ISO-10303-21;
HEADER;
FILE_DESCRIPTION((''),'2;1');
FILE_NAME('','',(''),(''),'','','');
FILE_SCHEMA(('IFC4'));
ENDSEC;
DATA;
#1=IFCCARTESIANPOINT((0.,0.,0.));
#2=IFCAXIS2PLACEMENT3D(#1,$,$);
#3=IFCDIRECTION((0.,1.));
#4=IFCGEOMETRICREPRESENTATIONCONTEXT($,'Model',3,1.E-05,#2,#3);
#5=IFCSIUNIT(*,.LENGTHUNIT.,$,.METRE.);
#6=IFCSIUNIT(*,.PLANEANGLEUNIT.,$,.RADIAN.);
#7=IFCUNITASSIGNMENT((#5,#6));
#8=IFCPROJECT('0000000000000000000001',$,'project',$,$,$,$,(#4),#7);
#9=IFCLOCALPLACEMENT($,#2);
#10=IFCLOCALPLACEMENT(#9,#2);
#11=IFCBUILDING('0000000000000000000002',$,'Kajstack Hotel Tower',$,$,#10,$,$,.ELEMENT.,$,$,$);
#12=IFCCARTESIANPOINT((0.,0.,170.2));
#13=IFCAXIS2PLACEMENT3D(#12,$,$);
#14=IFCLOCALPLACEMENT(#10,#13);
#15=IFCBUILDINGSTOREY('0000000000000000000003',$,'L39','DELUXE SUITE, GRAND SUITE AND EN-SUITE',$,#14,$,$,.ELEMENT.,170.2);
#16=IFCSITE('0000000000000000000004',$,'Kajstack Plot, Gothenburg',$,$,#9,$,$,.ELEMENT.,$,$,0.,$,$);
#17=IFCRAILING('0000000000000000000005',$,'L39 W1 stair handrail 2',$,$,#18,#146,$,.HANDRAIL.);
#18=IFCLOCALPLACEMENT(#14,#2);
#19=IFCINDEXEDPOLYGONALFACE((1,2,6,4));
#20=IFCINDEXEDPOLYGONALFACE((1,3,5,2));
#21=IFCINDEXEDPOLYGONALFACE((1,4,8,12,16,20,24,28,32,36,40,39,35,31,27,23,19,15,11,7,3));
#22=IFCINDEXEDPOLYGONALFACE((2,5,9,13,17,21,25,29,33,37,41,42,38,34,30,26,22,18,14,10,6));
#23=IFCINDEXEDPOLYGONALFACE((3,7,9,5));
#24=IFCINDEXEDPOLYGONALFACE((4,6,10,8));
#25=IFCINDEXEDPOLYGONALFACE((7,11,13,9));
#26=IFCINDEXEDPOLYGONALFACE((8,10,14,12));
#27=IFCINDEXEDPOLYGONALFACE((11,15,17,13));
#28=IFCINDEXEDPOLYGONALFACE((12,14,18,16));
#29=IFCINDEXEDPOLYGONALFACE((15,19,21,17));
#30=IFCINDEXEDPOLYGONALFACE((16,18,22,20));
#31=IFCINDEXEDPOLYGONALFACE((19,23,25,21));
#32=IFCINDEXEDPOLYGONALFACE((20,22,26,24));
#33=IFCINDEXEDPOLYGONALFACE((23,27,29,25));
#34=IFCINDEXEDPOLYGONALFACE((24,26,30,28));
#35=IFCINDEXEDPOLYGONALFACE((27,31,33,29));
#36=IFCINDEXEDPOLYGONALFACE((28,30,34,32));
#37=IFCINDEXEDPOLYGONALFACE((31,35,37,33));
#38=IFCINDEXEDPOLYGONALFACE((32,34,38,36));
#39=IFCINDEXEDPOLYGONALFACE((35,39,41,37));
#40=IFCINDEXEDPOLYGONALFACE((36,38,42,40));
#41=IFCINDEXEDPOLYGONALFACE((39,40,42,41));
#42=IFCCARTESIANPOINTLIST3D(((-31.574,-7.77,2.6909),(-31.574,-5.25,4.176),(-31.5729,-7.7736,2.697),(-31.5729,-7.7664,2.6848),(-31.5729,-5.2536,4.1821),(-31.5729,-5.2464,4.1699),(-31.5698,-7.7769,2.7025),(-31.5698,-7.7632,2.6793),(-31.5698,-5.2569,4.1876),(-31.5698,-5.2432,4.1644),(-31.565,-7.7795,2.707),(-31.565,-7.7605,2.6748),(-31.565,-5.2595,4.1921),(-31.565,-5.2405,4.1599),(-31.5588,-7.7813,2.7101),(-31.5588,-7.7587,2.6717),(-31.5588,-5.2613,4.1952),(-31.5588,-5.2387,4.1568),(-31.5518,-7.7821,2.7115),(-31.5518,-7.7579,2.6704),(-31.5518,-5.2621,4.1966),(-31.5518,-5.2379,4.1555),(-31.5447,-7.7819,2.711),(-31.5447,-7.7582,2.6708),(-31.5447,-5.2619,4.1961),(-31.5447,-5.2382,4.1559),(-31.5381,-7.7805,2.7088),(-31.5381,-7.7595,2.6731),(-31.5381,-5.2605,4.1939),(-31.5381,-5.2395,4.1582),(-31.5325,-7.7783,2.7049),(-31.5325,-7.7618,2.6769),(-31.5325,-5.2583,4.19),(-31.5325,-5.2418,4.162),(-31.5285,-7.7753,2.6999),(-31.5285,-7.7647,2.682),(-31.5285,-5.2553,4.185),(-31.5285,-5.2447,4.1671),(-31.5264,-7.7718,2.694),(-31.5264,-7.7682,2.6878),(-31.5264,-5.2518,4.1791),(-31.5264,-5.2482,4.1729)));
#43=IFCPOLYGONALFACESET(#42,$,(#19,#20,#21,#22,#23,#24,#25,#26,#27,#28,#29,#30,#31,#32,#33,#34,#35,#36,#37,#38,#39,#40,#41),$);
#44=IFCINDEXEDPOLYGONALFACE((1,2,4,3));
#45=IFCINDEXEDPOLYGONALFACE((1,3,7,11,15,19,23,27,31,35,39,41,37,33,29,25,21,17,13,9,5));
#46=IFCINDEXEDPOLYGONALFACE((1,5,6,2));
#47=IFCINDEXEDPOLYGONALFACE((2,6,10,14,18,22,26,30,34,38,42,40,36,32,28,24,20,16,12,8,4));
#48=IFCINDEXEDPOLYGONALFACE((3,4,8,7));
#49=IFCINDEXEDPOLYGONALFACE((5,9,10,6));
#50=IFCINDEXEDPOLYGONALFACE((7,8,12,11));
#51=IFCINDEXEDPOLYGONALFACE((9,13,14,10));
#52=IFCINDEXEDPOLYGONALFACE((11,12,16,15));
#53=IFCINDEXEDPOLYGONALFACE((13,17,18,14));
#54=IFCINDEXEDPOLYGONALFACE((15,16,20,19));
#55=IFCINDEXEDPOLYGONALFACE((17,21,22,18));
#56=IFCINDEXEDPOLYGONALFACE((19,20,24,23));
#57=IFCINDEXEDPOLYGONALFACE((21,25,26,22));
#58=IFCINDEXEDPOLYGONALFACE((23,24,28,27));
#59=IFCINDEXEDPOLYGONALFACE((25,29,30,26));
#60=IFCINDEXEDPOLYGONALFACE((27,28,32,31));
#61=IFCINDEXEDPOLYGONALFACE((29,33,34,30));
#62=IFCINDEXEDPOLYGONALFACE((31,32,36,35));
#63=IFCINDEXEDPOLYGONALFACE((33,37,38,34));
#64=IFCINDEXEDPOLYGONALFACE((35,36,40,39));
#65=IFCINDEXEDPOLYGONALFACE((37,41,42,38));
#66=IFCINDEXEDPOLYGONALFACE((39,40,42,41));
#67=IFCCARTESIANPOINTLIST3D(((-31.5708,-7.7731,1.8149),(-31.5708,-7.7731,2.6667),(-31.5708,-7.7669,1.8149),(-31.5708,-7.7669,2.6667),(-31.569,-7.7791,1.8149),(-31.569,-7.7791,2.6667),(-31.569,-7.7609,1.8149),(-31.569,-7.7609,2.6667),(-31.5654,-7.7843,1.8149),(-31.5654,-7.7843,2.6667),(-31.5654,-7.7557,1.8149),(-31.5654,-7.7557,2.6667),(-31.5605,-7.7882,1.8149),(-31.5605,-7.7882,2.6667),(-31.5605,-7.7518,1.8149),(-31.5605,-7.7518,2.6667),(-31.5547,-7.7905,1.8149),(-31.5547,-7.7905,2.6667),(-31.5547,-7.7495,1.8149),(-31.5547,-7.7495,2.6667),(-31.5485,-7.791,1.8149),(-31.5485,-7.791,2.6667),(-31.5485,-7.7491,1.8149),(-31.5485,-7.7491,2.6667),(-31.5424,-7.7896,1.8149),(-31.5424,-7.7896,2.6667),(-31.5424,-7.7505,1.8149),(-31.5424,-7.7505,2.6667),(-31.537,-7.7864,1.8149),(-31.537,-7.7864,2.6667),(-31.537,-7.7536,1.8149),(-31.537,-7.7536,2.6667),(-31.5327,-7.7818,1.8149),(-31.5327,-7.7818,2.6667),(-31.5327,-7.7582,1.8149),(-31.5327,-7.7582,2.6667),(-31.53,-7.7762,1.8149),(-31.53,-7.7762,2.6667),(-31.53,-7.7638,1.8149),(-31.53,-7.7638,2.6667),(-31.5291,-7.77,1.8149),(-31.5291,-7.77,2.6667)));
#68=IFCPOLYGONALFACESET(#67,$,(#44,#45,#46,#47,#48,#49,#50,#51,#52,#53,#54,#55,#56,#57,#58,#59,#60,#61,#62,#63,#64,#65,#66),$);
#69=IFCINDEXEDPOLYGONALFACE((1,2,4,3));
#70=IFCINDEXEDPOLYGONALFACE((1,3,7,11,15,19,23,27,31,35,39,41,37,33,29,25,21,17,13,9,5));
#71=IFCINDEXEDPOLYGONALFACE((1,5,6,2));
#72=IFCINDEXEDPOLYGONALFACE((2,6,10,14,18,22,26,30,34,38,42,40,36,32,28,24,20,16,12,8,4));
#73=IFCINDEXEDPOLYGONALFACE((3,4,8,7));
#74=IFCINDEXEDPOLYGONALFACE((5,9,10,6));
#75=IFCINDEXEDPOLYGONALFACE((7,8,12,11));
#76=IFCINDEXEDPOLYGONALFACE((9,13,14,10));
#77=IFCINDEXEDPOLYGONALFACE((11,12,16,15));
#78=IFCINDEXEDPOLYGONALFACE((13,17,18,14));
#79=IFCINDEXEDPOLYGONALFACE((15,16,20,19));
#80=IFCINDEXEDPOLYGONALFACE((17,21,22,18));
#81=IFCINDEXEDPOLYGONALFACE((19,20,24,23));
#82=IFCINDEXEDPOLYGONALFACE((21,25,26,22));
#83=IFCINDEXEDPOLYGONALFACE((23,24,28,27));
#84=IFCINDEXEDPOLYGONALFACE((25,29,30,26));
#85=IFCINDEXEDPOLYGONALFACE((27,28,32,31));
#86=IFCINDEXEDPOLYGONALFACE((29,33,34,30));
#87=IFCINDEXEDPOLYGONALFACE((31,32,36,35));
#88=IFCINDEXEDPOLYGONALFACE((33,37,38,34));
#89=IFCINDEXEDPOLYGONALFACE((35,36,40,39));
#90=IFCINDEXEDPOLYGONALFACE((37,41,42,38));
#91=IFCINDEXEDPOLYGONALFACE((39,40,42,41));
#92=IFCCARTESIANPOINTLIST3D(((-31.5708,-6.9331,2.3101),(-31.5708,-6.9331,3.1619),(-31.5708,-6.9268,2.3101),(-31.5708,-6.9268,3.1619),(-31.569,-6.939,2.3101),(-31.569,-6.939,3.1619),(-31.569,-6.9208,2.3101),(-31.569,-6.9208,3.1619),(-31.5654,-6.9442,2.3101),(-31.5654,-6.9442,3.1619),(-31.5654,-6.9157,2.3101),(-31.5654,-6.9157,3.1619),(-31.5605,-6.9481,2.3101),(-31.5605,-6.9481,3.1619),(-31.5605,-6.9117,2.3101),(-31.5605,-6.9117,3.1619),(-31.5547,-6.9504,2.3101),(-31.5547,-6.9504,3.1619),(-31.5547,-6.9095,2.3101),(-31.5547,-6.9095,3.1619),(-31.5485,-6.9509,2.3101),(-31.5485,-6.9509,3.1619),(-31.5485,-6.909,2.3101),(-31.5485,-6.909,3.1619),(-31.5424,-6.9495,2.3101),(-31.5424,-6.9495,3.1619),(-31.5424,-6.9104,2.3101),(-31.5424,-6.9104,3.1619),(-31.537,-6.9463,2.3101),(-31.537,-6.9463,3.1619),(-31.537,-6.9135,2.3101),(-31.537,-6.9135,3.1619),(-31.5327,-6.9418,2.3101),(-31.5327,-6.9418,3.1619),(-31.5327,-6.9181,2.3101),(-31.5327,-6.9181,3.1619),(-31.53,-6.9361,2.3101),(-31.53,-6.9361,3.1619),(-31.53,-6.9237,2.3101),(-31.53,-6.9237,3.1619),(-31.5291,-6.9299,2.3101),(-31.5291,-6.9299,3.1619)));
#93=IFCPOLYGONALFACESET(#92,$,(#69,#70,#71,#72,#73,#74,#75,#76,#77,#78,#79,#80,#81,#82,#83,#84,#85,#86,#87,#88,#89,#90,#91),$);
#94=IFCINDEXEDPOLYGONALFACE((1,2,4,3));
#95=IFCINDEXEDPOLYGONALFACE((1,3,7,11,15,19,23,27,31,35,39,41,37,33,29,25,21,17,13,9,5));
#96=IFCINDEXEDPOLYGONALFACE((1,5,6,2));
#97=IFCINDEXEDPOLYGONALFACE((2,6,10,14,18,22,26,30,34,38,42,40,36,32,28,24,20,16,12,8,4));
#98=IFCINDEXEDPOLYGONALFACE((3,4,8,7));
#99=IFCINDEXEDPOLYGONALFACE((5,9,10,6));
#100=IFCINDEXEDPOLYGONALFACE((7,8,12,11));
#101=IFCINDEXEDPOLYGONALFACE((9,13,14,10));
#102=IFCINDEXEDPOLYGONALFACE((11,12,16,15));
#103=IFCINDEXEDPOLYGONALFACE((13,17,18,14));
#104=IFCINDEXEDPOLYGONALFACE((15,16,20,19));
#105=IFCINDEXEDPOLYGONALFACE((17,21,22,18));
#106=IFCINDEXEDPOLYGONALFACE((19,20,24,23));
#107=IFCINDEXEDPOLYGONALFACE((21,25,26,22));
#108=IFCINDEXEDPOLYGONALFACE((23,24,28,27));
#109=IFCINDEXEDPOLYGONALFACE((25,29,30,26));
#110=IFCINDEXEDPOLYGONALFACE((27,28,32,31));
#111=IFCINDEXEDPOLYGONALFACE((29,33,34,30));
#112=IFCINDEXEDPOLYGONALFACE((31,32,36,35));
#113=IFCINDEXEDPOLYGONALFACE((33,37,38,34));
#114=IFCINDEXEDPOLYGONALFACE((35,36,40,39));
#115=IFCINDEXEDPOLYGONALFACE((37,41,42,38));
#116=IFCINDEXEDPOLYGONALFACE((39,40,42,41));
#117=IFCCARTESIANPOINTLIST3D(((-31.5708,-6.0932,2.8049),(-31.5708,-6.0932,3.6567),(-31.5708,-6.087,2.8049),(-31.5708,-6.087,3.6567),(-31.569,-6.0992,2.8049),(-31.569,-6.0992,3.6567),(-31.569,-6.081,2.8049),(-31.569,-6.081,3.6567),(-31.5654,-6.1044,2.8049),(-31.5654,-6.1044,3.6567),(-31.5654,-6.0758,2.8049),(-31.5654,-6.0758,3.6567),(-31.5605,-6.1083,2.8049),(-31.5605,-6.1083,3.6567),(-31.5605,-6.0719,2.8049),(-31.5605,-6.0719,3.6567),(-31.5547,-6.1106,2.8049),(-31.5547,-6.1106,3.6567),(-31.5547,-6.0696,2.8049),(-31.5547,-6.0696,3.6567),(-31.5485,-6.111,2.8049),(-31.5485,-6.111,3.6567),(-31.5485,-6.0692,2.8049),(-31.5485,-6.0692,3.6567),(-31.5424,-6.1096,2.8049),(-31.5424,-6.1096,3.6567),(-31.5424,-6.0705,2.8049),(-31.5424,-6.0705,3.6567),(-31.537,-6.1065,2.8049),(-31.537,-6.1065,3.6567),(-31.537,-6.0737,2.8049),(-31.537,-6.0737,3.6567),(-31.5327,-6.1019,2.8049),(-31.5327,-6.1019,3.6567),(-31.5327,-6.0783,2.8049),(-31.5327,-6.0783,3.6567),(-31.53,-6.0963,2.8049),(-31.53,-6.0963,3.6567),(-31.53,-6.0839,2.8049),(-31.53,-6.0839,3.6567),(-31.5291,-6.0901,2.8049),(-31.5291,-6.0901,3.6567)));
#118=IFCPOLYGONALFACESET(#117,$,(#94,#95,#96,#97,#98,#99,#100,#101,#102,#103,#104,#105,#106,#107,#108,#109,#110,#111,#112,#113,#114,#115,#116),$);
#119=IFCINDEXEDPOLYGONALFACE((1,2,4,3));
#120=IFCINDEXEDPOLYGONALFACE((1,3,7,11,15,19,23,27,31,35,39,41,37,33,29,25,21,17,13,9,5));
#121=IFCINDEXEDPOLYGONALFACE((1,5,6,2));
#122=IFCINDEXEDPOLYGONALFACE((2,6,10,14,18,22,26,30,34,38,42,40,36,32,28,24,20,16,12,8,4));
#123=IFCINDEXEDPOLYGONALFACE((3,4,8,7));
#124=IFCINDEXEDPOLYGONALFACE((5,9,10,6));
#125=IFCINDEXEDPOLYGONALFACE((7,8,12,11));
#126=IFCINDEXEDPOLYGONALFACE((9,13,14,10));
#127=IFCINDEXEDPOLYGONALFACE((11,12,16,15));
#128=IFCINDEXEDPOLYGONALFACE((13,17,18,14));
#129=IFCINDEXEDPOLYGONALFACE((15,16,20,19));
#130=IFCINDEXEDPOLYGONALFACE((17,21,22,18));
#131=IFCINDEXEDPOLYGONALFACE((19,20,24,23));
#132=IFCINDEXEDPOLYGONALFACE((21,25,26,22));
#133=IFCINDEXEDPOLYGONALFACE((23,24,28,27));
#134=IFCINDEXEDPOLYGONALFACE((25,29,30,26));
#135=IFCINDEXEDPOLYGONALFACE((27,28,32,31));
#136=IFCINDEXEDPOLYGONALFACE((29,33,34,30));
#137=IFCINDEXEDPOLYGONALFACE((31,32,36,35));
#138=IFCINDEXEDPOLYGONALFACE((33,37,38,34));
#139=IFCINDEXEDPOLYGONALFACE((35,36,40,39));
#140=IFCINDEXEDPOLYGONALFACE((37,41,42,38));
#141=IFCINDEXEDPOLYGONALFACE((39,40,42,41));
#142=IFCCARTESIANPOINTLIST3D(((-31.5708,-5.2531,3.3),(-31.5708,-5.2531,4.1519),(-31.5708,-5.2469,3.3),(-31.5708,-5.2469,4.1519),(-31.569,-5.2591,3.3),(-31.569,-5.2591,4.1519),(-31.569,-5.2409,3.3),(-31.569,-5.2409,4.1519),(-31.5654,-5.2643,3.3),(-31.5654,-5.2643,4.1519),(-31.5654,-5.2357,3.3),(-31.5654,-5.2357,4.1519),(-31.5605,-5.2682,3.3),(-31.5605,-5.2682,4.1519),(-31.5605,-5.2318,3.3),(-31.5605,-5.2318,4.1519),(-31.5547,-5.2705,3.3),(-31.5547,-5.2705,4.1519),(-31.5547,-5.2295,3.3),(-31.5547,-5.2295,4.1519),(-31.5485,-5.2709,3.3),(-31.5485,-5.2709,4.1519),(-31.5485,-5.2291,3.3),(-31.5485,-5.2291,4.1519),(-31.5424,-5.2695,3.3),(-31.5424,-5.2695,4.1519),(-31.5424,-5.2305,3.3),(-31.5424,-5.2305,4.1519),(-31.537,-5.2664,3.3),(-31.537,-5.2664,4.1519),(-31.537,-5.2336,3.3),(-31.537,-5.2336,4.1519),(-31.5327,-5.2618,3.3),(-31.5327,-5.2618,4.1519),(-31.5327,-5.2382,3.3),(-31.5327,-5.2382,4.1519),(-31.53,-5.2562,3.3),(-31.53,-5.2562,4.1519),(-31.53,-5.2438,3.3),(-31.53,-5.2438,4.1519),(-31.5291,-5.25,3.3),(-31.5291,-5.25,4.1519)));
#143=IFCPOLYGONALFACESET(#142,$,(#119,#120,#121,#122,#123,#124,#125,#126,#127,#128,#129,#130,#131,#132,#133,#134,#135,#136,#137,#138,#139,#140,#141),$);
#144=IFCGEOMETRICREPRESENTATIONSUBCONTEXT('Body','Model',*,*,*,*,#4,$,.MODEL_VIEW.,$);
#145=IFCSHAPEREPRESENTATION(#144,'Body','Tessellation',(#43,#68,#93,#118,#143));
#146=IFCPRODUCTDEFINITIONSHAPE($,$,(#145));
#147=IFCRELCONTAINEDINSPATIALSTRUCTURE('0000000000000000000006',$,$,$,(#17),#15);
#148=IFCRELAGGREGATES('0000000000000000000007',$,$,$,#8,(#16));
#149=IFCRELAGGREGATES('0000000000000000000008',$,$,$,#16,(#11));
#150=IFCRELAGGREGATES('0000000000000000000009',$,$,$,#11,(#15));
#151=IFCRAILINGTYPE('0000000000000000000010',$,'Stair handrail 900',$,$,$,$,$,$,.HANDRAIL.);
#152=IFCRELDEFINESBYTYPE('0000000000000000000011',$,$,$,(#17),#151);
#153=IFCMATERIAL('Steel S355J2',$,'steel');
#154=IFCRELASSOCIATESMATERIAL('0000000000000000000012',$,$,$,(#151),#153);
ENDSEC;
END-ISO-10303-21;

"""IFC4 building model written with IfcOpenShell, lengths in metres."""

from ifc_helpers import new_model, si_unit, direction, frame, origin, origin_2d, place, context, subcontext, project, spatial, circle, extrude, material, type_object, element, save


model = new_model("IFC4")

# Units and contexts
model_context = context("Model", 3, precision=1e-05, world=origin(), true_north=direction((0.0, 1.0)))
body_context = subcontext(model_context, "Body", "Model", "MODEL_VIEW")
ifc_project = project(units=[si_unit("LENGTHUNIT", "METRE"), si_unit("PLANEANGLEUNIT", "RADIAN")], contexts=[model_context])

# Site, building, storey
site_placement = place(None, origin())
site = spatial("IfcSite", under=ifc_project, at=site_placement, Name="Kajstack Plot, Gothenburg", CompositionType="ELEMENT", RefElevation=0.0)
building_placement = place(site_placement, origin())
building = spatial("IfcBuilding", under=site, at=building_placement, Name="Kajstack Hotel Tower", CompositionType="ELEMENT")
storey_placement = place(building_placement, frame((0.0, 0.0, 170.2)))
storey = spatial("IfcBuildingStorey", under=building, at=storey_placement, Name="L39", Description="DELUXE SUITE, GRAND SUITE AND EN-SUITE", CompositionType="ELEMENT", Elevation=170.2)

# Railing
ifc_material_1 = material(Name="Steel S355J2", Category="steel")
railing_type_1 = type_object("IfcRailingType", Name="Stair handrail 900", PredefinedType="HANDRAIL", material=ifc_material_1)
railing_1_placement = place(storey_placement, frame((-31.55, -7.77, 1.8149)))
element("IfcRailing", 1, at=railing_1_placement, inside=storey, type_object=railing_type_1, Name="L39 W1 stair handrail 2", PredefinedType="HANDRAIL", context=body_context, shape_type="SweptSolid", body=[
    extrude(circle(Radius=0.0239, at=origin_2d()), frame((0.0, 0.0, 0.876), z_axis=(0.0, 0.861524, 0.507717), x_axis=(-1.0, 0.0, 0.0)), (0.0, 0.0, 1.0), 2.925),
    extrude(circle(Radius=0.021, at=origin_2d()), origin(), (0.0, 0.0, 1.0), 0.8518),
    extrude(circle(Radius=0.021, at=origin_2d()), frame((0.0, 0.8401, 0.4951)), (0.0, 0.0, 1.0), 0.8518),
    extrude(circle(Radius=0.021, at=origin_2d()), frame((0.0, 1.6799, 0.99)), (0.0, 0.0, 1.0), 0.8518),
    extrude(circle(Radius=0.021, at=origin_2d()), frame((0.0, 2.52, 1.4851)), (0.0, 0.0, 1.0), 0.8518),
])

save(model, "model.ifc")
